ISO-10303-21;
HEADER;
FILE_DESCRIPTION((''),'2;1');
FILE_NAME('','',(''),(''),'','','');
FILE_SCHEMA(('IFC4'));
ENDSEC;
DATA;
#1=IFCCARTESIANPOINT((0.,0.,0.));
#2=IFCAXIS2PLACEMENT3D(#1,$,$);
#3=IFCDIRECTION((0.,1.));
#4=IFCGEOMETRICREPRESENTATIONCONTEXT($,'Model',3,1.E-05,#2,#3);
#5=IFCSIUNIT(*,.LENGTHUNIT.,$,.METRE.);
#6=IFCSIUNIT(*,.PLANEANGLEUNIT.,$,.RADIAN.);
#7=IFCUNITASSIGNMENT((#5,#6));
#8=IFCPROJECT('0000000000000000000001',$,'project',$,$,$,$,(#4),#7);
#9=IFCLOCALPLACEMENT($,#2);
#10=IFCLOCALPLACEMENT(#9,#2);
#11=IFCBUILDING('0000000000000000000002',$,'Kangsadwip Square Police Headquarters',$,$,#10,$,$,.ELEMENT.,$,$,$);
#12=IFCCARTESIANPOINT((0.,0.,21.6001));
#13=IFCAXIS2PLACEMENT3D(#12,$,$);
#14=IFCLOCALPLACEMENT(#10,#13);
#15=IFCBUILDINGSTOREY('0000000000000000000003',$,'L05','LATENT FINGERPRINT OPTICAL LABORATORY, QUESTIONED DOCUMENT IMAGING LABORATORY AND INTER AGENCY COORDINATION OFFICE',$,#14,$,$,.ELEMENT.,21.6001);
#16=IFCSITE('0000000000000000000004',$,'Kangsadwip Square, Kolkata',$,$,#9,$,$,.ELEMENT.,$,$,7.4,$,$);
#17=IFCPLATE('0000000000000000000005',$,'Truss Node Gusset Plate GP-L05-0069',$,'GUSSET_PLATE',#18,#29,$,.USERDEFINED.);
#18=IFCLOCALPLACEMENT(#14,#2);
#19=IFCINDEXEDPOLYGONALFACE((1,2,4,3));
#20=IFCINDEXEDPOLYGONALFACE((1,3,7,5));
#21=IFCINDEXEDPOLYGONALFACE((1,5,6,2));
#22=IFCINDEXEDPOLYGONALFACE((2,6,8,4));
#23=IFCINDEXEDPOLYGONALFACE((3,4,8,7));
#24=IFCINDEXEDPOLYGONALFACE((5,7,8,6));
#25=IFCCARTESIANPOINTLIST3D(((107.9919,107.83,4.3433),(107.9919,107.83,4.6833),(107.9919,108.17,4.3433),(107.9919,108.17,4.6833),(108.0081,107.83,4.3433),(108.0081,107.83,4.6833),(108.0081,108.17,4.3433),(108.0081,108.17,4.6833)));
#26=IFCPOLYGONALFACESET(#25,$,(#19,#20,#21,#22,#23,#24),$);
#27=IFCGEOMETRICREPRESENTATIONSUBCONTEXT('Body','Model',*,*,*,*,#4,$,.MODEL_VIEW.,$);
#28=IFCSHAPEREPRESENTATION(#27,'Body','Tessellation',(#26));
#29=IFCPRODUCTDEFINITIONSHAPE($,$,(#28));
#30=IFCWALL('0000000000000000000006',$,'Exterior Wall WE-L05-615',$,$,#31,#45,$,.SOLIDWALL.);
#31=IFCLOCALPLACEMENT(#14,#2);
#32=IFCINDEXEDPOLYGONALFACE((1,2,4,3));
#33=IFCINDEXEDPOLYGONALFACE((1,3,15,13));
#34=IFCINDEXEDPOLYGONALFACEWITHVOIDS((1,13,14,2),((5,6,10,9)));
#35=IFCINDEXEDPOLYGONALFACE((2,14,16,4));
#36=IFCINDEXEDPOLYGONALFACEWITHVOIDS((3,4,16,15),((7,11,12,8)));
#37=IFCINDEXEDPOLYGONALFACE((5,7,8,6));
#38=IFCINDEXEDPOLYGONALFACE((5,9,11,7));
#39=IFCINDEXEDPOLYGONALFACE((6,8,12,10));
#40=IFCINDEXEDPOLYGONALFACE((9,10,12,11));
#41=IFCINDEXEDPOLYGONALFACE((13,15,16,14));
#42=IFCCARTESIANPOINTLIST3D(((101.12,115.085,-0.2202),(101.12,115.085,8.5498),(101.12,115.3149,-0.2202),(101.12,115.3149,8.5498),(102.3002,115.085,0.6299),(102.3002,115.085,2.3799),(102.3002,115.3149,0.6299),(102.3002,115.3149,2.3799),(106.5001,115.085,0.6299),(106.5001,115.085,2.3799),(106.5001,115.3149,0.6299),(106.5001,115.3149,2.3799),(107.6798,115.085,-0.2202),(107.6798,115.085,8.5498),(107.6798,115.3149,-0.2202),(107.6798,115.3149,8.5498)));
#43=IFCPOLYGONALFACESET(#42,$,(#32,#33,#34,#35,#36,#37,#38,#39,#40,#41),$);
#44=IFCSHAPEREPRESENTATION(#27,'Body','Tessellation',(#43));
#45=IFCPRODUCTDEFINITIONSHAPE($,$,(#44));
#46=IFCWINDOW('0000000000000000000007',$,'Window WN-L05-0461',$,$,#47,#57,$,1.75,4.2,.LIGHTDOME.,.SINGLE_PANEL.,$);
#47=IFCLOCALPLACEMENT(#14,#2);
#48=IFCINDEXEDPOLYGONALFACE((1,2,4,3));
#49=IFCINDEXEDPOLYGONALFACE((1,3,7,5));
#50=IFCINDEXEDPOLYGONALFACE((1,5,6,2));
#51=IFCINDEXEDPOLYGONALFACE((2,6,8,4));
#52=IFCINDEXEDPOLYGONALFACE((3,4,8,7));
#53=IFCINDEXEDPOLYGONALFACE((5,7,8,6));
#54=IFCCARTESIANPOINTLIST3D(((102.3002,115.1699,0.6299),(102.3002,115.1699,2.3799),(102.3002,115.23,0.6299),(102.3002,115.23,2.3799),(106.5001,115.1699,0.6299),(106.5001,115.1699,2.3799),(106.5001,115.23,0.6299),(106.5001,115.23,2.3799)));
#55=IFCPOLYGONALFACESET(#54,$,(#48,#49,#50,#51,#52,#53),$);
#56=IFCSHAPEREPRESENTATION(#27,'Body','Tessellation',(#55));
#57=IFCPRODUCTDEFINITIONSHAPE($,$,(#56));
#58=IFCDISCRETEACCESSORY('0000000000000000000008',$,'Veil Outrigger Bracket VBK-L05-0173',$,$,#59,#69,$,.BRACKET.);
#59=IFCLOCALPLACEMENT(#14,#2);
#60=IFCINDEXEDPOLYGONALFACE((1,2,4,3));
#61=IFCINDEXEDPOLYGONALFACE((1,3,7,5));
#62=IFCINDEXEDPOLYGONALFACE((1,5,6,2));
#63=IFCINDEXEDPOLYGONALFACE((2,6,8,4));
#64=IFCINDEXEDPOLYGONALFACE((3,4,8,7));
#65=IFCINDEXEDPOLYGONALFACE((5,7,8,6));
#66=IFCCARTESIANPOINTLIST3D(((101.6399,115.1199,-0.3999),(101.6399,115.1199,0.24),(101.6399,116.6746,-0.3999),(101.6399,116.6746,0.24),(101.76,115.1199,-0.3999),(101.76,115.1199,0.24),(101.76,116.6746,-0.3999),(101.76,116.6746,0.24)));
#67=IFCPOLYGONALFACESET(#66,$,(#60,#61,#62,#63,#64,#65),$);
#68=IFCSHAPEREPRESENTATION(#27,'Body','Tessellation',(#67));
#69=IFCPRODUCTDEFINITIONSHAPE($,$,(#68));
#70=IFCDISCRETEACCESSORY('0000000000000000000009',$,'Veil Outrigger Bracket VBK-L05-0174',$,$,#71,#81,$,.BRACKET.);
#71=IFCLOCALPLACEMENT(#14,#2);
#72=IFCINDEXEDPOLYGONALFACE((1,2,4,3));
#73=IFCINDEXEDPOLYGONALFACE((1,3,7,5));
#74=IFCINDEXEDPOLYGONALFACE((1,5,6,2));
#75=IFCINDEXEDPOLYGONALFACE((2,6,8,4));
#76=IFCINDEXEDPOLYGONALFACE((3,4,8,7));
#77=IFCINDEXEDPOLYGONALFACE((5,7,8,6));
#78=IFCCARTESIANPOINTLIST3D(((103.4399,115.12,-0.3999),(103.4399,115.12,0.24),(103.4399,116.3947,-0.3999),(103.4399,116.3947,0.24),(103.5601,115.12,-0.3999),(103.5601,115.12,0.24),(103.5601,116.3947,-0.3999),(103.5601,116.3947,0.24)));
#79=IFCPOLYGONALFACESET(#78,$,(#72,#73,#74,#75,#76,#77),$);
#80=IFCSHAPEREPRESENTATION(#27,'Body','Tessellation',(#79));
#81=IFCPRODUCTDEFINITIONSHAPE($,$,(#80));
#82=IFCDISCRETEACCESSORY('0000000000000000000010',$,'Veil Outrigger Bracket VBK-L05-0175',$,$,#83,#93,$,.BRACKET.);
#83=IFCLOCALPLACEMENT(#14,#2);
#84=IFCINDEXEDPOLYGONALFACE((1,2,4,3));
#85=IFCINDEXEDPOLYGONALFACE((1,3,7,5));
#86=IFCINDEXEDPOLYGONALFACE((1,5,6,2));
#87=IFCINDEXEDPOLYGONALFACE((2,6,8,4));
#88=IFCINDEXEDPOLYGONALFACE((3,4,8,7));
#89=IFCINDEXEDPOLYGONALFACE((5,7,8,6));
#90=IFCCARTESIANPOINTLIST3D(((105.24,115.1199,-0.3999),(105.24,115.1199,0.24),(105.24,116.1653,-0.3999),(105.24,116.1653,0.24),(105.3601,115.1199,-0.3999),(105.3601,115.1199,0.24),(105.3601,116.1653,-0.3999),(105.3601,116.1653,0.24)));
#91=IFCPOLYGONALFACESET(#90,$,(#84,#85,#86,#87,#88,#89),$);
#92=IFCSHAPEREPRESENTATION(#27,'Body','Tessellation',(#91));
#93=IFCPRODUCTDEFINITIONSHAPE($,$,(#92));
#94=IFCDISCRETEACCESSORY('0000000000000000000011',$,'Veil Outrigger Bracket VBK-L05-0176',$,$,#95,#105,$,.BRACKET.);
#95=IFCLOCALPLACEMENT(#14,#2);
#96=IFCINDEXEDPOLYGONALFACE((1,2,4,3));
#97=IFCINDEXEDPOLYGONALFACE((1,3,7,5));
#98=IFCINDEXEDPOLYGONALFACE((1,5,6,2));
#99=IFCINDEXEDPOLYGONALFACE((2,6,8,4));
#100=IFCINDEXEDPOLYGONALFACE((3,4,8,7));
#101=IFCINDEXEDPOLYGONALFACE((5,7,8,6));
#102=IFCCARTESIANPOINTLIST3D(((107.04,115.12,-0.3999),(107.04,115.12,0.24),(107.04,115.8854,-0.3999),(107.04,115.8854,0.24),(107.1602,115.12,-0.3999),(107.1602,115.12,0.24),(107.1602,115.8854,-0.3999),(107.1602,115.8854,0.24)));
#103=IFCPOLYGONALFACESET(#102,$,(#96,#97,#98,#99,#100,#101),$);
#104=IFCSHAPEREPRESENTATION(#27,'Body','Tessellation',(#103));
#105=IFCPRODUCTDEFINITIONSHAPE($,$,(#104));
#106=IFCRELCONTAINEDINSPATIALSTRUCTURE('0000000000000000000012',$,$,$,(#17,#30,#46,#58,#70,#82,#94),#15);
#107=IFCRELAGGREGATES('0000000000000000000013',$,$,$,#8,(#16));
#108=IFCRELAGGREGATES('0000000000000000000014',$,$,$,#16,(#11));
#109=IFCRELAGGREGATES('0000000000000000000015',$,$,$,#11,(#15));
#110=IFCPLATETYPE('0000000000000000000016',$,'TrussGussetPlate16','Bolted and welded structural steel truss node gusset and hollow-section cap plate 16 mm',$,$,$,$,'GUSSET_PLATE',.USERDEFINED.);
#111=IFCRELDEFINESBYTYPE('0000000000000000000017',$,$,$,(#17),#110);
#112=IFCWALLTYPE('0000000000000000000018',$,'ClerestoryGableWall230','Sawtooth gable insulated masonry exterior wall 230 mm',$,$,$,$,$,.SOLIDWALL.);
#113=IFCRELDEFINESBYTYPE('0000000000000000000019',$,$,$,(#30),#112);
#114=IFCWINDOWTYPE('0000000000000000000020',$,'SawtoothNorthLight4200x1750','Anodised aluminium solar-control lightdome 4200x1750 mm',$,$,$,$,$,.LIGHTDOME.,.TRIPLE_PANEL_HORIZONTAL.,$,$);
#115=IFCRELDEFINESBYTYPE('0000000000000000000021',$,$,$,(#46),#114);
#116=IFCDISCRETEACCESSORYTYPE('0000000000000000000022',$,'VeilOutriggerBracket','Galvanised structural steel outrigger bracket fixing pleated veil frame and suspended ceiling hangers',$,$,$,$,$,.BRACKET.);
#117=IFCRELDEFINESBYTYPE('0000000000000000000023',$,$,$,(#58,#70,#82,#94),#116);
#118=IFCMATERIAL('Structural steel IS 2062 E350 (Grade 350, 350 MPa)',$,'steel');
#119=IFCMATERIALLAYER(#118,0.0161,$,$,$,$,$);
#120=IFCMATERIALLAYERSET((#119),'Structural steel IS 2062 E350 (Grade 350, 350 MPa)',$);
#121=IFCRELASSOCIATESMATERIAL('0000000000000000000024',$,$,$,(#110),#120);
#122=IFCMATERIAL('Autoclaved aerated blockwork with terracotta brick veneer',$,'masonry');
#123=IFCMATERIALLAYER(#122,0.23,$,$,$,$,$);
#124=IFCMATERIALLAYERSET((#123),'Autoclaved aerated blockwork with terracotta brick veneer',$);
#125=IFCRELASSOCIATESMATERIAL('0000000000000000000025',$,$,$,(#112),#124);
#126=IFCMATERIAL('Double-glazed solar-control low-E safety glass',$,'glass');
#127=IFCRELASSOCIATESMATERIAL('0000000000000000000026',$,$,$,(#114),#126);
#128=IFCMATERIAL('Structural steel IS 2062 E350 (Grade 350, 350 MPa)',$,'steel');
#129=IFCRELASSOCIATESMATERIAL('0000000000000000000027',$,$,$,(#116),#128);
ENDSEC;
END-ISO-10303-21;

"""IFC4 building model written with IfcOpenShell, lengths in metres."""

from ifc_helpers import new_model, si_unit, direction, frame, frame_2d, origin, origin_2d, place, context, subcontext, project, spatial, rectangle, extrude, material, layer, layer_set, type_object, element, fill, save


model = new_model("IFC4")

# Units and contexts
model_context = context("Model", 3, precision=1e-05, world=origin(), true_north=direction((0.0, 1.0)))
body_context = subcontext(model_context, "Body", "Model", "MODEL_VIEW")
ifc_project = project(units=[si_unit("LENGTHUNIT", "METRE"), si_unit("PLANEANGLEUNIT", "RADIAN")], contexts=[model_context])

# Site, building, storey
site_placement = place(None, origin())
site = spatial("IfcSite", under=ifc_project, at=site_placement, Name="Kangsadwip Square, Kolkata", CompositionType="ELEMENT", RefElevation=7.4)
building_placement = place(site_placement, origin())
building = spatial("IfcBuilding", under=site, at=building_placement, Name="Kangsadwip Square Police Headquarters", CompositionType="ELEMENT")
storey_placement = place(building_placement, frame((0.0, 0.0, 21.6001)))
storey = spatial("IfcBuildingStorey", under=building, at=storey_placement, Name="L05", Description="LATENT FINGERPRINT OPTICAL LABORATORY, QUESTIONED DOCUMENT IMAGING LABORATORY AND INTER AGENCY COORDINATION OFFICE", CompositionType="ELEMENT", Elevation=21.6001)

# Plate
ifc_material_1 = material(Name="Structural steel IS 2062 E350 (Grade 350, 350 MPa)", Category="steel")
ifc_layer_1 = layer(ifc_material_1, 0.0161)
ifc_layer_set_1 = layer_set([ifc_layer_1], Name="Structural steel IS 2062 E350 (Grade 350, 350 MPa)")
plate_type_1 = type_object("IfcPlateType", Name="TrussGussetPlate16", Description="Bolted and welded structural steel truss node gusset and hollow-section cap plate 16 mm", ElementType="GUSSET_PLATE", PredefinedType="USERDEFINED", material=ifc_layer_set_1)
for number, where, z_axis, x_axis, name in (
    (1, (108.0, 108.0, 4.3433), (0.0, 0.0, 1.0), (0.0, 1.0, 0.0), "Truss Node Gusset Plate GP-L05-0069"),
):
    element("IfcPlate", number, at=place(storey_placement, frame(where, z_axis=z_axis, x_axis=x_axis)), inside=storey, type_object=plate_type_1, Name=name, ObjectType="GUSSET_PLATE", PredefinedType="USERDEFINED", context=body_context, shape_type="SweptSolid", body=[
        extrude(rectangle(XDim=0.3401, YDim=0.0161, at=origin_2d()), origin(), (0.0, 0.0, 1.0), 0.3401),
    ])

# Wall, opening, window
ifc_material_2 = material(Name="Autoclaved aerated blockwork with terracotta brick veneer", Category="masonry")
ifc_layer_2 = layer(ifc_material_2, 0.23)
ifc_layer_set_2 = layer_set([ifc_layer_2], Name="Autoclaved aerated blockwork with terracotta brick veneer")
wall_type = type_object("IfcWallType", Name="ClerestoryGableWall230", Description="Sawtooth gable insulated masonry exterior wall 230 mm", PredefinedType="SOLIDWALL", material=ifc_layer_set_2)
wall_placement = place(storey_placement, frame((101.1201, 115.2, -0.2202), z_axis=(0.0, 0.0, 1.0), x_axis=(1.0, 0.0, 0.0)))
wall = element("IfcWall", 2, at=wall_placement, inside=storey, type_object=wall_type, Name="Exterior Wall WE-L05-615", PredefinedType="SOLIDWALL", context=body_context, shape_type="SweptSolid", body=[
    extrude(rectangle(XDim=6.5598, YDim=0.23, at=frame_2d((3.2798, 0.0))), origin(), (0.0, 0.0, 1.0), 8.77),
])
opening_placement = place(wall_placement, frame((1.1799, 0.0, 0.8501)))
opening = element("IfcOpeningElement", 3, at=opening_placement, cuts=wall, PredefinedType="OPENING", context=body_context, shape_type="SweptSolid", body=[
    extrude(rectangle(XDim=4.2, YDim=1.75, at=frame_2d((2.1001, 0.875))), frame((0.0, 0.125, 0.0), z_axis=(0.0, -1.0, 0.0), x_axis=(1.0, 0.0, 0.0)), (0.0, 0.0, 1.0), 0.25),
])
ifc_material_3 = material(Name="Double-glazed solar-control low-E safety glass", Category="glass")
window_type = type_object("IfcWindowType", Name="SawtoothNorthLight4200x1750", Description="Anodised aluminium solar-control lightdome 4200x1750 mm", PartitioningType="TRIPLE_PANEL_HORIZONTAL", PredefinedType="LIGHTDOME", material=ifc_material_3)
window_placement = place(opening_placement, origin())
window = element("IfcWindow", 4, at=window_placement, inside=storey, type_object=window_type, Name="Window WN-L05-0461", OverallHeight=1.75, OverallWidth=4.2, PartitioningType="SINGLE_PANEL", PredefinedType="LIGHTDOME", context=body_context, shape_type="SweptSolid", body=[
    extrude(rectangle(XDim=4.2, YDim=1.75, at=frame_2d((2.1001, 0.875))), frame((0.0, 0.03, 0.0), z_axis=(0.0, -1.0, 0.0), x_axis=(1.0, 0.0, 0.0)), (0.0, 0.0, 1.0), 0.0601),
])
fill(opening, window)

# Discrete accessories
ifc_material_4 = material(Name="Structural steel IS 2062 E350 (Grade 350, 350 MPa)", Category="steel")
discrete_accessory_type = type_object("IfcDiscreteAccessoryType", Name="VeilOutriggerBracket", Description="Galvanised structural steel outrigger bracket fixing pleated veil frame and suspended ceiling hangers", PredefinedType="BRACKET", material=ifc_material_4)
discrete_accessory_1_placement = place(storey_placement, frame((101.7, 115.8972, -0.3999), z_axis=(0.0, 0.0, 1.0), x_axis=(1.0, 0.0, 0.0)))
element("IfcDiscreteAccessory", 5, at=discrete_accessory_1_placement, inside=storey, type_object=discrete_accessory_type, Name="Veil Outrigger Bracket VBK-L05-0173", PredefinedType="BRACKET", context=body_context, shape_type="SweptSolid", body=[
    extrude(rectangle(XDim=0.1201, YDim=1.5547, at=origin_2d()), origin(), (0.0, 0.0, 1.0), 0.6399),
])
discrete_accessory_2_placement = place(storey_placement, frame((103.5, 115.7573, -0.3999), z_axis=(0.0, 0.0, 1.0), x_axis=(1.0, 0.0, 0.0)))
element("IfcDiscreteAccessory", 6, at=discrete_accessory_2_placement, inside=storey, type_object=discrete_accessory_type, Name="Veil Outrigger Bracket VBK-L05-0174", PredefinedType="BRACKET", context=body_context, shape_type="SweptSolid", body=[
    extrude(rectangle(XDim=0.1201, YDim=1.2747, at=origin_2d()), origin(), (0.0, 0.0, 1.0), 0.6399),
])
discrete_accessory_3_placement = place(storey_placement, frame((105.3, 115.6426, -0.3999), z_axis=(0.0, 0.0, 1.0), x_axis=(1.0, 0.0, 0.0)))
element("IfcDiscreteAccessory", 7, at=discrete_accessory_3_placement, inside=storey, type_object=discrete_accessory_type, Name="Veil Outrigger Bracket VBK-L05-0175", PredefinedType="BRACKET", context=body_context, shape_type="SweptSolid", body=[
    extrude(rectangle(XDim=0.1201, YDim=1.0454, at=origin_2d()), origin(), (0.0, 0.0, 1.0), 0.6399),
])
discrete_accessory_4_placement = place(storey_placement, frame((107.1001, 115.5027, -0.3999), z_axis=(0.0, 0.0, 1.0), x_axis=(1.0, 0.0, 0.0)))
element("IfcDiscreteAccessory", 8, at=discrete_accessory_4_placement, inside=storey, type_object=discrete_accessory_type, Name="Veil Outrigger Bracket VBK-L05-0176", PredefinedType="BRACKET", context=body_context, shape_type="SweptSolid", body=[
    extrude(rectangle(XDim=0.1201, YDim=0.7654, at=origin_2d()), origin(), (0.0, 0.0, 1.0), 0.6399),
])

save(model, "model.ifc")
